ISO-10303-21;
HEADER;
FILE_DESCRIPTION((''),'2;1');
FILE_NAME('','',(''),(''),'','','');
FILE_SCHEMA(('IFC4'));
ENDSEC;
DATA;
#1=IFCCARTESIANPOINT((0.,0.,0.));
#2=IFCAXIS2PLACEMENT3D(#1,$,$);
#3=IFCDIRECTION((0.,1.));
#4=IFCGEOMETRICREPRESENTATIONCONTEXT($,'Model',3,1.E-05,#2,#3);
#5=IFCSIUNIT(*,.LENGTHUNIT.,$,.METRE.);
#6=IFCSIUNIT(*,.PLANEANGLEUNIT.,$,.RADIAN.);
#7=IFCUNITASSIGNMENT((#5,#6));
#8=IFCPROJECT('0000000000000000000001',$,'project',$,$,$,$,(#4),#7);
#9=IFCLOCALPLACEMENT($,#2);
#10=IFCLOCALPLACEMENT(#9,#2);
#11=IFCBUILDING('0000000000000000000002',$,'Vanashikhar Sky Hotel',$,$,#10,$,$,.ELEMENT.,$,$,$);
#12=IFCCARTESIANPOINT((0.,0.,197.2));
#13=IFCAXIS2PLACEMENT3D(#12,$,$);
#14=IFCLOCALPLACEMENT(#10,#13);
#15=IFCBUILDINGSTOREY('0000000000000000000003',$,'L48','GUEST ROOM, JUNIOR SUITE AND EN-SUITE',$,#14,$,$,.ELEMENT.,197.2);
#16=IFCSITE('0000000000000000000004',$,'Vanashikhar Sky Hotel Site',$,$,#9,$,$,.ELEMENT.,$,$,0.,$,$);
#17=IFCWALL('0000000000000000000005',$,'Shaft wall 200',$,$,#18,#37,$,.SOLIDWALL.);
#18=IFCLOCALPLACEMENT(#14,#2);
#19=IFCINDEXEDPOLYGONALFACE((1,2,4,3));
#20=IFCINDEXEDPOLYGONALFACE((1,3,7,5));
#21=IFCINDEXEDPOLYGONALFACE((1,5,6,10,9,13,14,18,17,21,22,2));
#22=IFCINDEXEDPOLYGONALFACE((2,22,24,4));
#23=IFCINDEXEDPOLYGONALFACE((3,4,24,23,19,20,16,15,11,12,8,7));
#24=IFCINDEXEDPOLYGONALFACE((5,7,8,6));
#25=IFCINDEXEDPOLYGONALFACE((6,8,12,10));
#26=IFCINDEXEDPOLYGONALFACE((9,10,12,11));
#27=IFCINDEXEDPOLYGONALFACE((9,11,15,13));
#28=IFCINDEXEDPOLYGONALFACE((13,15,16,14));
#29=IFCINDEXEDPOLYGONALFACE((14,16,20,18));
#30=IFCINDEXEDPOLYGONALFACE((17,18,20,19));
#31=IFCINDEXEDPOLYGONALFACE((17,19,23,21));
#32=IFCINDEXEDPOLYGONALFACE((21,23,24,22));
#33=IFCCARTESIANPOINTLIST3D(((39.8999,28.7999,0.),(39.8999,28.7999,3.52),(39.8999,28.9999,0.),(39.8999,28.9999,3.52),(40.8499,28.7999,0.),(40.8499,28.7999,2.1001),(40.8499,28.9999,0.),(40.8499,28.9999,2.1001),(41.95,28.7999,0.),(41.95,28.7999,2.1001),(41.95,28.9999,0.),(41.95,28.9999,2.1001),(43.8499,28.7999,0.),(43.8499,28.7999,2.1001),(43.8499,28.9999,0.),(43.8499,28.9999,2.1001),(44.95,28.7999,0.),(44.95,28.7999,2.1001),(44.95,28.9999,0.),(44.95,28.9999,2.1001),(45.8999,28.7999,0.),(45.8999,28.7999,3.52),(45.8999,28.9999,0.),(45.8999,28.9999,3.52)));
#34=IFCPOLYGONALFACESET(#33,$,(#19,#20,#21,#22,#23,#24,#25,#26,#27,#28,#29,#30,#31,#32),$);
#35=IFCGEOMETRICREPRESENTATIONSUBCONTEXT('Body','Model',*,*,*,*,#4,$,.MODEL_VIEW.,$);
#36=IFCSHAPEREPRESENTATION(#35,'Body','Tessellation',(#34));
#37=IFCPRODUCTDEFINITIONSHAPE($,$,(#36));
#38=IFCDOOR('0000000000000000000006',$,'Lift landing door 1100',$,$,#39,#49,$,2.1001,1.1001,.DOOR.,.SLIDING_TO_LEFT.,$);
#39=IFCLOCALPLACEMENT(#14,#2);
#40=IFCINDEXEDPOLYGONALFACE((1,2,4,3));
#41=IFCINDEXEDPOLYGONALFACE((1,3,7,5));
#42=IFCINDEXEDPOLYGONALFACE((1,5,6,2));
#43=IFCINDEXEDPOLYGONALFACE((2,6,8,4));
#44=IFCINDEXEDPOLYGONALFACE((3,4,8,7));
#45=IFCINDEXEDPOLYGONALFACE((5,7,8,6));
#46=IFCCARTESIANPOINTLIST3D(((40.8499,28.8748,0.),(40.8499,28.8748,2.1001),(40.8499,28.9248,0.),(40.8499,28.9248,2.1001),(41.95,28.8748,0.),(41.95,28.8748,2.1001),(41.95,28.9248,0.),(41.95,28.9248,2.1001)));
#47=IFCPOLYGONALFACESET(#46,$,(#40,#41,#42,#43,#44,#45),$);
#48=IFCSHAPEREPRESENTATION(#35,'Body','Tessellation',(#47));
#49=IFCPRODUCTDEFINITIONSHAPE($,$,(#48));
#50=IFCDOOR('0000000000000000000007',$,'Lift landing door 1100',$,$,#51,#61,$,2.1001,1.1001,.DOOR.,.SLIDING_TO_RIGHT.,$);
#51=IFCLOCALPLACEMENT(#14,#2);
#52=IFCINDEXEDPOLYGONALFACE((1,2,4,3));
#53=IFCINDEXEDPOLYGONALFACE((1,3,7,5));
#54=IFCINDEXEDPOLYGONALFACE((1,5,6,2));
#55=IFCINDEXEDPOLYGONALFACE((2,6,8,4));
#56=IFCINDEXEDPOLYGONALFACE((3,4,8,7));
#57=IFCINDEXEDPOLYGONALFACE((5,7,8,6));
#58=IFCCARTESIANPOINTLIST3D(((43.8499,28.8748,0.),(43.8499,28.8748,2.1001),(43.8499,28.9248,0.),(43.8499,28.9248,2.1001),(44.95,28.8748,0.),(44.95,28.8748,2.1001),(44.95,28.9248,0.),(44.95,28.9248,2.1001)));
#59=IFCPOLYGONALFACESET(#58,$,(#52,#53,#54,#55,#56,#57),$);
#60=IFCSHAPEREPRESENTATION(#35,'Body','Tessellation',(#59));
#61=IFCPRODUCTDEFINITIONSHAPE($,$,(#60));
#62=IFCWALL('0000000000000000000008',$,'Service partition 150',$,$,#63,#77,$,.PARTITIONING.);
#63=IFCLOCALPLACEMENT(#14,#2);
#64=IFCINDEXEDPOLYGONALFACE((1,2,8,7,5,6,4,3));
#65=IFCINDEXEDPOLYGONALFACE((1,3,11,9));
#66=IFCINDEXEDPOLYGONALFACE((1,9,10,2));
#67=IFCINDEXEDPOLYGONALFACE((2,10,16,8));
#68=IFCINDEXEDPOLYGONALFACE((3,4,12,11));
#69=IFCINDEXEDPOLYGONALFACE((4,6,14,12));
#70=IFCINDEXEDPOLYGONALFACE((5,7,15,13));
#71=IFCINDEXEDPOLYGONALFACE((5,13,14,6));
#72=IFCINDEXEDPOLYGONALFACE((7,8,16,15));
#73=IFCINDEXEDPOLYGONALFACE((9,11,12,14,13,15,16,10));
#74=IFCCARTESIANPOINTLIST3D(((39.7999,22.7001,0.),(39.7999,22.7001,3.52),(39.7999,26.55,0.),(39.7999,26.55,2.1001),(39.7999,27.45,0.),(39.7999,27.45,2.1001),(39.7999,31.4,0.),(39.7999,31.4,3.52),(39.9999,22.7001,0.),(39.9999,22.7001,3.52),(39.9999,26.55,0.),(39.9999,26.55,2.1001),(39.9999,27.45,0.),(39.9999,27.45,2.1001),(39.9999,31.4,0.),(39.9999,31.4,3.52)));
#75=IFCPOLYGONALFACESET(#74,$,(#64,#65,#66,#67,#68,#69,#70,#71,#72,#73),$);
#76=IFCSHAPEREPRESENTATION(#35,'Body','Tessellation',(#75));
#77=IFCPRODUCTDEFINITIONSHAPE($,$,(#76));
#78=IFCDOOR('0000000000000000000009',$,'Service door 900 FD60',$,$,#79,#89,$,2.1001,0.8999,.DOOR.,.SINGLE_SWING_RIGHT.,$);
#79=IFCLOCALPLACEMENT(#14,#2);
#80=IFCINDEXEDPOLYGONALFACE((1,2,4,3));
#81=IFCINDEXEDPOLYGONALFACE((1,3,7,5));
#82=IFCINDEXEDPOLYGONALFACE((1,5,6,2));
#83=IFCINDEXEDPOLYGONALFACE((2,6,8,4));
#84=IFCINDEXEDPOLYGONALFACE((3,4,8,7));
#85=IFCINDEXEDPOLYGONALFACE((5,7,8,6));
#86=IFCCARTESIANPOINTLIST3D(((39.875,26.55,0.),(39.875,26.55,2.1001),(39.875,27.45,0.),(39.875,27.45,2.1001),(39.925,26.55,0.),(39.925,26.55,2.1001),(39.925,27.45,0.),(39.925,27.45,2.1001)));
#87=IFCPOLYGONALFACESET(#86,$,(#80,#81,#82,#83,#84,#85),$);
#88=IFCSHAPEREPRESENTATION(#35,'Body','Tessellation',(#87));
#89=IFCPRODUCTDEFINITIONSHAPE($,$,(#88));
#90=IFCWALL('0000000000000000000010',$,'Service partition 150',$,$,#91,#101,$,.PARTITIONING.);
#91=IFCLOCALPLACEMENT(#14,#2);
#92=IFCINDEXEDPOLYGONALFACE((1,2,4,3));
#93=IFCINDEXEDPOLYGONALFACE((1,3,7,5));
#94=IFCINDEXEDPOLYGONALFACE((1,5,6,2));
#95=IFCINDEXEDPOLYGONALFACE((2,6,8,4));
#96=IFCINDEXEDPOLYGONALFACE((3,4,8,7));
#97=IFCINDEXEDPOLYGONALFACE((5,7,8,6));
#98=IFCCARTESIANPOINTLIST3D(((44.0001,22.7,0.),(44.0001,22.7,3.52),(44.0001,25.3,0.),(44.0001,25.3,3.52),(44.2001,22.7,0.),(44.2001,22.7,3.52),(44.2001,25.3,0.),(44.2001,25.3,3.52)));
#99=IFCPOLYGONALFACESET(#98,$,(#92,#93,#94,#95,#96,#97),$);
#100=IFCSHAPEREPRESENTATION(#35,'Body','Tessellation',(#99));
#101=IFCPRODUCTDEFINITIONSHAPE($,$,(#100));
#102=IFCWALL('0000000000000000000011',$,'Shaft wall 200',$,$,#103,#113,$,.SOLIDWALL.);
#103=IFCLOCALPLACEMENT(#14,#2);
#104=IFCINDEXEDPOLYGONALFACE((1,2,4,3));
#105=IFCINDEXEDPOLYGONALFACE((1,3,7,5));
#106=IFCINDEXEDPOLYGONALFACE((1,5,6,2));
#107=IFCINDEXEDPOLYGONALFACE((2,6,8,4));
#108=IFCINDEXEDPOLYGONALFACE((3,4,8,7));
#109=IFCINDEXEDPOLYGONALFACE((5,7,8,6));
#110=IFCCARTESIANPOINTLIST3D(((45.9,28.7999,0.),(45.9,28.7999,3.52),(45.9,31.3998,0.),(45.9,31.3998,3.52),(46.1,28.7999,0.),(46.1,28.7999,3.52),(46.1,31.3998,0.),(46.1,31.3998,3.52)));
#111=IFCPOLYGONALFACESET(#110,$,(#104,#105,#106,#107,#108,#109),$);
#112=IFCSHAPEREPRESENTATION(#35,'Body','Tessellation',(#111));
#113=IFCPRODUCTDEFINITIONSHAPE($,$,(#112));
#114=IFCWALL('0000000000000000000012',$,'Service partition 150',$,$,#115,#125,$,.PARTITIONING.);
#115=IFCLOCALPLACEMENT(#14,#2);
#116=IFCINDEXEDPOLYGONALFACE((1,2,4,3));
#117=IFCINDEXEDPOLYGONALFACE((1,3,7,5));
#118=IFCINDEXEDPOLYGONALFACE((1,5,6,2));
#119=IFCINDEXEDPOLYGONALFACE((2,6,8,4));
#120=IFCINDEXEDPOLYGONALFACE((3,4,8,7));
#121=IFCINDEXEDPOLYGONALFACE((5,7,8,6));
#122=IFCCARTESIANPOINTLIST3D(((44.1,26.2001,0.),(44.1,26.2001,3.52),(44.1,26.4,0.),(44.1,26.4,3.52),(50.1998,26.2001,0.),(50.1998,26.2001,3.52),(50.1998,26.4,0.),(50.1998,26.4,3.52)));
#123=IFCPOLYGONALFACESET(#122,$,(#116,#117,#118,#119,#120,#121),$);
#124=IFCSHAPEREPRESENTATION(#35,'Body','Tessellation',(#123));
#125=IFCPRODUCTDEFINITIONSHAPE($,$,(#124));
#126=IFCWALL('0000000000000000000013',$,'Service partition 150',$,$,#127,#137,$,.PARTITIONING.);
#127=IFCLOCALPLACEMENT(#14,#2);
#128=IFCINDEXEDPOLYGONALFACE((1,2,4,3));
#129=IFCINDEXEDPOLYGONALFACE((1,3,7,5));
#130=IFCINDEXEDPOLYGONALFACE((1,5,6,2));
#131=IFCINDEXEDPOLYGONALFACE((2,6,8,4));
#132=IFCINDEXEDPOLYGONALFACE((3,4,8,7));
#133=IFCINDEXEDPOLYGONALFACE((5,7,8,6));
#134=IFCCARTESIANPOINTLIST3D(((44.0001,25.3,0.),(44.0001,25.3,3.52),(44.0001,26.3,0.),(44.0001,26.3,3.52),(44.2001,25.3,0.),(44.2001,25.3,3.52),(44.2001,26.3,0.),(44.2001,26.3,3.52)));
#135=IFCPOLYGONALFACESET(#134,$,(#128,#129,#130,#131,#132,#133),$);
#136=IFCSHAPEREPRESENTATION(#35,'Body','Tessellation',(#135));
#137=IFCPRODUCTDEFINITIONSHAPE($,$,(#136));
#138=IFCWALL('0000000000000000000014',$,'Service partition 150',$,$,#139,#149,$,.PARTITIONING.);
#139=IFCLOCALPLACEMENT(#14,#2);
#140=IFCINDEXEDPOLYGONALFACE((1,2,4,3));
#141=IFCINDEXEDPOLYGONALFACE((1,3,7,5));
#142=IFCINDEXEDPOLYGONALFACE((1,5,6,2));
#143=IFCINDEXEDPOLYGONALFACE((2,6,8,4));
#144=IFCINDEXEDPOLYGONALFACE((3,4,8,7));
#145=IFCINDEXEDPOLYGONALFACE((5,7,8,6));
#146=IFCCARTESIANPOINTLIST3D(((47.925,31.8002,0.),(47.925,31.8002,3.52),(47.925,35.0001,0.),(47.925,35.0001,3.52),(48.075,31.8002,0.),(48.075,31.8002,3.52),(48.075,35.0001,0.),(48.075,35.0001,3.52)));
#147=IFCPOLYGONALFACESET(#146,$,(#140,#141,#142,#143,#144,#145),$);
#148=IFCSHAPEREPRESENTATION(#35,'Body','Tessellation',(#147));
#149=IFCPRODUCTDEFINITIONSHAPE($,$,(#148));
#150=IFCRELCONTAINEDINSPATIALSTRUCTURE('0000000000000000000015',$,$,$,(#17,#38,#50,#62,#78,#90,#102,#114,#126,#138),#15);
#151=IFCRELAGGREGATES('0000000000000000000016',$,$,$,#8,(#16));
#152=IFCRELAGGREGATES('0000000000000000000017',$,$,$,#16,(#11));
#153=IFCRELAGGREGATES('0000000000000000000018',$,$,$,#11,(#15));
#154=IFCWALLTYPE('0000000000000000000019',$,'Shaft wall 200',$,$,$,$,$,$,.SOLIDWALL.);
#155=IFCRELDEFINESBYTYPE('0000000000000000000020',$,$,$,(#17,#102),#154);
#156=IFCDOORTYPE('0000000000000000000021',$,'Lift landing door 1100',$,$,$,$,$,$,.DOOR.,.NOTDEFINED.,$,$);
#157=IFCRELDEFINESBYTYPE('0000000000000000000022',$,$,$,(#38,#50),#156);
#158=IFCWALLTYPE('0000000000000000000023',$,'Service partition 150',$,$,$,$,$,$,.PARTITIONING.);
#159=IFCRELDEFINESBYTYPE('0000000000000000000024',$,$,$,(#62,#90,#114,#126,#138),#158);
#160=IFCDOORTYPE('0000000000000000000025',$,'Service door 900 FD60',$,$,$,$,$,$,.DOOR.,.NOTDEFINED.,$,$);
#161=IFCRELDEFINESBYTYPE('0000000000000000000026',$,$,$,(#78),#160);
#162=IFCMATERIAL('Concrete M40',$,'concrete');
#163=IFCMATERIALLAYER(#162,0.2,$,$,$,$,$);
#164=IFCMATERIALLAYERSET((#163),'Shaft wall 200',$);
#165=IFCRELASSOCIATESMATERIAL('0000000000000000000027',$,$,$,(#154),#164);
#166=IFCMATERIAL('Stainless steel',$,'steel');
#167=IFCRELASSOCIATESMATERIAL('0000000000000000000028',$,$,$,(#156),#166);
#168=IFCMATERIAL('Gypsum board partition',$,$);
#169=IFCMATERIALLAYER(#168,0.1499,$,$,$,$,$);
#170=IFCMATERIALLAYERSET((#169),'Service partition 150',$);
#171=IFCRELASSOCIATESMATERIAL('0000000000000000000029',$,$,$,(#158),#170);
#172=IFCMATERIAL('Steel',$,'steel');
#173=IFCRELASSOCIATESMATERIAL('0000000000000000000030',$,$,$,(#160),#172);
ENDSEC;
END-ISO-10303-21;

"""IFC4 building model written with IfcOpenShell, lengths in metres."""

from ifc_helpers import new_model, si_unit, direction, frame, frame_2d, origin, place, context, subcontext, project, spatial, rectangle, extrude, source, transform, mapped, material, layer, layer_set, type_object, element, fill, save


model = new_model("IFC4")

# Units and contexts
model_context = context("Model", 3, precision=1e-05, world=origin(), true_north=direction((0.0, 1.0)))
body_context = subcontext(model_context, "Body", "Model", "MODEL_VIEW")
ifc_project = project(units=[si_unit("LENGTHUNIT", "METRE"), si_unit("PLANEANGLEUNIT", "RADIAN")], contexts=[model_context])

# Site, building, storey
site_placement = place(None, origin())
site = spatial("IfcSite", under=ifc_project, at=site_placement, Name="Vanashikhar Sky Hotel Site", CompositionType="ELEMENT", RefElevation=0.0)
building_placement = place(site_placement, origin())
building = spatial("IfcBuilding", under=site, at=building_placement, Name="Vanashikhar Sky Hotel", CompositionType="ELEMENT")
storey_placement = place(building_placement, frame((0.0, 0.0, 197.2)))
storey = spatial("IfcBuildingStorey", under=building, at=storey_placement, Name="L48", Description="GUEST ROOM, JUNIOR SUITE AND EN-SUITE", CompositionType="ELEMENT", Elevation=197.2)

# Wall, openings, doors
ifc_material_1 = material(Name="Concrete M40", Category="concrete")
ifc_layer_1 = layer(ifc_material_1, 0.2)
ifc_layer_set_1 = layer_set([ifc_layer_1], Name="Shaft wall 200")
wall_type_1 = type_object("IfcWallType", Name="Shaft wall 200", PredefinedType="SOLIDWALL", material=ifc_layer_set_1)
shared_shape_1 = source(origin(), body_context, "Body", "SweptSolid", [
    extrude(rectangle(XDim=6.0, YDim=0.2, at=frame_2d((3.0, 0.0))), origin(), (0.0, 0.0, 1.0), 3.52),
])
wall_1_placement = place(storey_placement, frame((39.8999, 28.8999, 0.0), z_axis=(0.0, 0.0, 1.0), x_axis=(1.0, 0.0, 0.0)))
wall_1 = element("IfcWall", 1, at=wall_1_placement, inside=storey, type_object=wall_type_1, Name="Shaft wall 200", PredefinedType="SOLIDWALL", context=body_context, shape_type="MappedRepresentation", body=[
    mapped(shared_shape_1, transform((0.0, 0.0, 0.0), scale=1.0)),
])
shared_shape_2 = source(origin(), body_context, "Body", "SweptSolid", [
    extrude(rectangle(XDim=1.1001, YDim=2.1001, at=frame_2d((0.55, 1.05))), frame((0.0, 0.1099, 0.0), z_axis=(0.0, -1.0, 0.0), x_axis=(1.0, 0.0, 0.0)), (0.0, 0.0, 1.0), 0.22),
])
opening_1_placement = place(wall_1_placement, frame((0.95, 0.0, 0.0)))
opening_1 = element("IfcOpeningElement", 2, at=opening_1_placement, cuts=wall_1, PredefinedType="OPENING", context=body_context, shape_type="MappedRepresentation", body=[
    mapped(shared_shape_2, transform((0.0, 0.0, 0.0), scale=1.0)),
])
opening_2_placement = place(wall_1_placement, frame((3.95, 0.0, 0.0)))
opening_2 = element("IfcOpeningElement", 3, at=opening_2_placement, cuts=wall_1, PredefinedType="OPENING", context=body_context, shape_type="MappedRepresentation", body=[
    mapped(shared_shape_2, transform((0.0, 0.0, 0.0), scale=1.0)),
])
ifc_material_2 = material(Name="Stainless steel", Category="steel")
door_type_1 = type_object("IfcDoorType", Name="Lift landing door 1100", OperationType="NOTDEFINED", PredefinedType="DOOR", material=ifc_material_2)
shared_shape_3 = source(origin(), body_context, "Body", "SweptSolid", [
    extrude(rectangle(XDim=1.1001, YDim=2.1001, at=frame_2d((0.55, 1.05))), frame((0.0, 0.0249, 0.0), z_axis=(0.0, -1.0, 0.0), x_axis=(1.0, 0.0, 0.0)), (0.0, 0.0, 1.0), 0.05),
])
door_1_placement = place(opening_1_placement, origin())
door_1 = element("IfcDoor", 4, at=door_1_placement, inside=storey, type_object=door_type_1, Name="Lift landing door 1100", OperationType="SLIDING_TO_LEFT", OverallHeight=2.1001, OverallWidth=1.1001, PredefinedType="DOOR", context=body_context, shape_type="MappedRepresentation", body=[
    mapped(shared_shape_3, transform((0.0, 0.0, 0.0), scale=1.0)),
])
fill(opening_1, door_1)
door_2_placement = place(opening_2_placement, origin())
door_2 = element("IfcDoor", 5, at=door_2_placement, inside=storey, type_object=door_type_1, Name="Lift landing door 1100", OperationType="SLIDING_TO_RIGHT", OverallHeight=2.1001, OverallWidth=1.1001, PredefinedType="DOOR", context=body_context, shape_type="MappedRepresentation", body=[
    mapped(shared_shape_3, transform((0.0, 0.0, 0.0), scale=1.0)),
])
fill(opening_2, door_2)

# Wall, opening, door
ifc_material_3 = material(Name="Gypsum board partition")
ifc_layer_2 = layer(ifc_material_3, 0.1499)
ifc_layer_set_2 = layer_set([ifc_layer_2], Name="Service partition 150")
wall_type_2 = type_object("IfcWallType", Name="Service partition 150", PredefinedType="PARTITIONING", material=ifc_layer_set_2)
shared_shape_4 = source(origin(), body_context, "Body", "SweptSolid", [
    extrude(rectangle(XDim=8.7, YDim=0.2, at=frame_2d((4.3501, 0.0))), origin(), (0.0, 0.0, 1.0), 3.52),
])
wall_2_placement = place(storey_placement, frame((39.8999, 22.7, 0.0), z_axis=(0.0, 0.0, 1.0), x_axis=(0.0, 1.0, 0.0)))
wall_2 = element("IfcWall", 6, at=wall_2_placement, inside=storey, type_object=wall_type_2, Name="Service partition 150", PredefinedType="PARTITIONING", context=body_context, shape_type="MappedRepresentation", body=[
    mapped(shared_shape_4, transform((0.0, 0.0, 0.0), scale=1.0)),
])
shared_shape_5 = source(origin(), body_context, "Body", "SweptSolid", [
    extrude(rectangle(XDim=0.8999, YDim=2.1001, at=frame_2d((0.45, 1.05))), frame((0.0, 0.1099, 0.0), z_axis=(0.0, -1.0, 0.0), x_axis=(1.0, 0.0, 0.0)), (0.0, 0.0, 1.0), 0.22),
])
opening_3_placement = place(wall_2_placement, frame((3.8501, 0.0, 0.0)))
opening_3 = element("IfcOpeningElement", 7, at=opening_3_placement, cuts=wall_2, PredefinedType="OPENING", context=body_context, shape_type="MappedRepresentation", body=[
    mapped(shared_shape_5, transform((0.0, 0.0, 0.0), scale=1.0)),
])
ifc_material_4 = material(Name="Steel", Category="steel")
door_type_2 = type_object("IfcDoorType", Name="Service door 900 FD60", OperationType="NOTDEFINED", PredefinedType="DOOR", material=ifc_material_4)
shared_shape_6 = source(origin(), body_context, "Body", "SweptSolid", [
    extrude(rectangle(XDim=0.8999, YDim=2.1001, at=frame_2d((0.45, 1.05))), frame((0.0, 0.0249, 0.0), z_axis=(0.0, -1.0, 0.0), x_axis=(1.0, 0.0, 0.0)), (0.0, 0.0, 1.0), 0.05),
])
door_3_placement = place(opening_3_placement, origin())
door_3 = element("IfcDoor", 8, at=door_3_placement, inside=storey, type_object=door_type_2, Name="Service door 900 FD60", OperationType="SINGLE_SWING_RIGHT", OverallHeight=2.1001, OverallWidth=0.8999, PredefinedType="DOOR", context=body_context, shape_type="MappedRepresentation", body=[
    mapped(shared_shape_6, transform((0.0, 0.0, 0.0), scale=1.0)),
])
fill(opening_3, door_3)

# Walls
shared_shape_7 = source(origin(), body_context, "Body", "SweptSolid", [
    extrude(rectangle(XDim=2.6001, YDim=0.2, at=frame_2d((1.3, 0.0))), origin(), (0.0, 0.0, 1.0), 3.52),
])
wall_3_placement = place(storey_placement, frame((44.1001, 22.7, 0.0), z_axis=(0.0, 0.0, 1.0), x_axis=(0.0, 1.0, 0.0)))
element("IfcWall", 9, at=wall_3_placement, inside=storey, type_object=wall_type_2, Name="Service partition 150", PredefinedType="PARTITIONING", context=body_context, shape_type="MappedRepresentation", body=[
    mapped(shared_shape_7, transform((0.0, 0.0, 0.0), scale=1.0)),
])
shared_shape_8 = source(origin(), body_context, "Body", "SweptSolid", [
    extrude(rectangle(XDim=2.5999, YDim=0.2, at=frame_2d((1.2998, 0.0))), origin(), (0.0, 0.0, 1.0), 3.52),
])
wall_4_placement = place(storey_placement, frame((46.0, 28.8, 0.0), z_axis=(0.0, 0.0, 1.0), x_axis=(0.0, 1.0, 0.0)))
element("IfcWall", 10, at=wall_4_placement, inside=storey, type_object=wall_type_1, Name="Shaft wall 200", PredefinedType="SOLIDWALL", context=body_context, shape_type="MappedRepresentation", body=[
    mapped(shared_shape_8, transform((0.0, 0.0, 0.0), scale=1.0)),
])
shared_shape_9 = source(origin(), body_context, "Body", "SweptSolid", [
    extrude(rectangle(XDim=6.0999, YDim=0.2, at=frame_2d((3.0498, 0.0))), origin(), (0.0, 0.0, 1.0), 3.52),
])
wall_5_placement = place(storey_placement, frame((44.1001, 26.3, 0.0), z_axis=(0.0, 0.0, 1.0), x_axis=(1.0, 0.0, 0.0)))
element("IfcWall", 11, at=wall_5_placement, inside=storey, type_object=wall_type_2, Name="Service partition 150", PredefinedType="PARTITIONING", context=body_context, shape_type="MappedRepresentation", body=[
    mapped(shared_shape_9, transform((0.0, 0.0, 0.0), scale=1.0)),
])
shared_shape_10 = source(origin(), body_context, "Body", "SweptSolid", [
    extrude(rectangle(XDim=1.0, YDim=0.2, at=frame_2d((0.5, 0.0))), origin(), (0.0, 0.0, 1.0), 3.52),
])
wall_6_placement = place(storey_placement, frame((44.1001, 25.3, 0.0), z_axis=(0.0, 0.0, 1.0), x_axis=(0.0, 1.0, 0.0)))
element("IfcWall", 12, at=wall_6_placement, inside=storey, type_object=wall_type_2, Name="Service partition 150", PredefinedType="PARTITIONING", context=body_context, shape_type="MappedRepresentation", body=[
    mapped(shared_shape_10, transform((0.0, 0.0, 0.0), scale=1.0)),
])
shared_shape_11 = source(origin(), body_context, "Body", "SweptSolid", [
    extrude(rectangle(XDim=3.2, YDim=0.1499, at=frame_2d((1.6001, 0.0))), origin(), (0.0, 0.0, 1.0), 3.52),
])
wall_7_placement = place(storey_placement, frame((48.0, 31.8, 0.0), z_axis=(0.0, 0.0, 1.0), x_axis=(0.0, 1.0, 0.0)))
element("IfcWall", 13, at=wall_7_placement, inside=storey, type_object=wall_type_2, Name="Service partition 150", PredefinedType="PARTITIONING", context=body_context, shape_type="MappedRepresentation", body=[
    mapped(shared_shape_11, transform((0.0, 0.0, 0.0), scale=1.0)),
])

save(model, "model.ifc")
